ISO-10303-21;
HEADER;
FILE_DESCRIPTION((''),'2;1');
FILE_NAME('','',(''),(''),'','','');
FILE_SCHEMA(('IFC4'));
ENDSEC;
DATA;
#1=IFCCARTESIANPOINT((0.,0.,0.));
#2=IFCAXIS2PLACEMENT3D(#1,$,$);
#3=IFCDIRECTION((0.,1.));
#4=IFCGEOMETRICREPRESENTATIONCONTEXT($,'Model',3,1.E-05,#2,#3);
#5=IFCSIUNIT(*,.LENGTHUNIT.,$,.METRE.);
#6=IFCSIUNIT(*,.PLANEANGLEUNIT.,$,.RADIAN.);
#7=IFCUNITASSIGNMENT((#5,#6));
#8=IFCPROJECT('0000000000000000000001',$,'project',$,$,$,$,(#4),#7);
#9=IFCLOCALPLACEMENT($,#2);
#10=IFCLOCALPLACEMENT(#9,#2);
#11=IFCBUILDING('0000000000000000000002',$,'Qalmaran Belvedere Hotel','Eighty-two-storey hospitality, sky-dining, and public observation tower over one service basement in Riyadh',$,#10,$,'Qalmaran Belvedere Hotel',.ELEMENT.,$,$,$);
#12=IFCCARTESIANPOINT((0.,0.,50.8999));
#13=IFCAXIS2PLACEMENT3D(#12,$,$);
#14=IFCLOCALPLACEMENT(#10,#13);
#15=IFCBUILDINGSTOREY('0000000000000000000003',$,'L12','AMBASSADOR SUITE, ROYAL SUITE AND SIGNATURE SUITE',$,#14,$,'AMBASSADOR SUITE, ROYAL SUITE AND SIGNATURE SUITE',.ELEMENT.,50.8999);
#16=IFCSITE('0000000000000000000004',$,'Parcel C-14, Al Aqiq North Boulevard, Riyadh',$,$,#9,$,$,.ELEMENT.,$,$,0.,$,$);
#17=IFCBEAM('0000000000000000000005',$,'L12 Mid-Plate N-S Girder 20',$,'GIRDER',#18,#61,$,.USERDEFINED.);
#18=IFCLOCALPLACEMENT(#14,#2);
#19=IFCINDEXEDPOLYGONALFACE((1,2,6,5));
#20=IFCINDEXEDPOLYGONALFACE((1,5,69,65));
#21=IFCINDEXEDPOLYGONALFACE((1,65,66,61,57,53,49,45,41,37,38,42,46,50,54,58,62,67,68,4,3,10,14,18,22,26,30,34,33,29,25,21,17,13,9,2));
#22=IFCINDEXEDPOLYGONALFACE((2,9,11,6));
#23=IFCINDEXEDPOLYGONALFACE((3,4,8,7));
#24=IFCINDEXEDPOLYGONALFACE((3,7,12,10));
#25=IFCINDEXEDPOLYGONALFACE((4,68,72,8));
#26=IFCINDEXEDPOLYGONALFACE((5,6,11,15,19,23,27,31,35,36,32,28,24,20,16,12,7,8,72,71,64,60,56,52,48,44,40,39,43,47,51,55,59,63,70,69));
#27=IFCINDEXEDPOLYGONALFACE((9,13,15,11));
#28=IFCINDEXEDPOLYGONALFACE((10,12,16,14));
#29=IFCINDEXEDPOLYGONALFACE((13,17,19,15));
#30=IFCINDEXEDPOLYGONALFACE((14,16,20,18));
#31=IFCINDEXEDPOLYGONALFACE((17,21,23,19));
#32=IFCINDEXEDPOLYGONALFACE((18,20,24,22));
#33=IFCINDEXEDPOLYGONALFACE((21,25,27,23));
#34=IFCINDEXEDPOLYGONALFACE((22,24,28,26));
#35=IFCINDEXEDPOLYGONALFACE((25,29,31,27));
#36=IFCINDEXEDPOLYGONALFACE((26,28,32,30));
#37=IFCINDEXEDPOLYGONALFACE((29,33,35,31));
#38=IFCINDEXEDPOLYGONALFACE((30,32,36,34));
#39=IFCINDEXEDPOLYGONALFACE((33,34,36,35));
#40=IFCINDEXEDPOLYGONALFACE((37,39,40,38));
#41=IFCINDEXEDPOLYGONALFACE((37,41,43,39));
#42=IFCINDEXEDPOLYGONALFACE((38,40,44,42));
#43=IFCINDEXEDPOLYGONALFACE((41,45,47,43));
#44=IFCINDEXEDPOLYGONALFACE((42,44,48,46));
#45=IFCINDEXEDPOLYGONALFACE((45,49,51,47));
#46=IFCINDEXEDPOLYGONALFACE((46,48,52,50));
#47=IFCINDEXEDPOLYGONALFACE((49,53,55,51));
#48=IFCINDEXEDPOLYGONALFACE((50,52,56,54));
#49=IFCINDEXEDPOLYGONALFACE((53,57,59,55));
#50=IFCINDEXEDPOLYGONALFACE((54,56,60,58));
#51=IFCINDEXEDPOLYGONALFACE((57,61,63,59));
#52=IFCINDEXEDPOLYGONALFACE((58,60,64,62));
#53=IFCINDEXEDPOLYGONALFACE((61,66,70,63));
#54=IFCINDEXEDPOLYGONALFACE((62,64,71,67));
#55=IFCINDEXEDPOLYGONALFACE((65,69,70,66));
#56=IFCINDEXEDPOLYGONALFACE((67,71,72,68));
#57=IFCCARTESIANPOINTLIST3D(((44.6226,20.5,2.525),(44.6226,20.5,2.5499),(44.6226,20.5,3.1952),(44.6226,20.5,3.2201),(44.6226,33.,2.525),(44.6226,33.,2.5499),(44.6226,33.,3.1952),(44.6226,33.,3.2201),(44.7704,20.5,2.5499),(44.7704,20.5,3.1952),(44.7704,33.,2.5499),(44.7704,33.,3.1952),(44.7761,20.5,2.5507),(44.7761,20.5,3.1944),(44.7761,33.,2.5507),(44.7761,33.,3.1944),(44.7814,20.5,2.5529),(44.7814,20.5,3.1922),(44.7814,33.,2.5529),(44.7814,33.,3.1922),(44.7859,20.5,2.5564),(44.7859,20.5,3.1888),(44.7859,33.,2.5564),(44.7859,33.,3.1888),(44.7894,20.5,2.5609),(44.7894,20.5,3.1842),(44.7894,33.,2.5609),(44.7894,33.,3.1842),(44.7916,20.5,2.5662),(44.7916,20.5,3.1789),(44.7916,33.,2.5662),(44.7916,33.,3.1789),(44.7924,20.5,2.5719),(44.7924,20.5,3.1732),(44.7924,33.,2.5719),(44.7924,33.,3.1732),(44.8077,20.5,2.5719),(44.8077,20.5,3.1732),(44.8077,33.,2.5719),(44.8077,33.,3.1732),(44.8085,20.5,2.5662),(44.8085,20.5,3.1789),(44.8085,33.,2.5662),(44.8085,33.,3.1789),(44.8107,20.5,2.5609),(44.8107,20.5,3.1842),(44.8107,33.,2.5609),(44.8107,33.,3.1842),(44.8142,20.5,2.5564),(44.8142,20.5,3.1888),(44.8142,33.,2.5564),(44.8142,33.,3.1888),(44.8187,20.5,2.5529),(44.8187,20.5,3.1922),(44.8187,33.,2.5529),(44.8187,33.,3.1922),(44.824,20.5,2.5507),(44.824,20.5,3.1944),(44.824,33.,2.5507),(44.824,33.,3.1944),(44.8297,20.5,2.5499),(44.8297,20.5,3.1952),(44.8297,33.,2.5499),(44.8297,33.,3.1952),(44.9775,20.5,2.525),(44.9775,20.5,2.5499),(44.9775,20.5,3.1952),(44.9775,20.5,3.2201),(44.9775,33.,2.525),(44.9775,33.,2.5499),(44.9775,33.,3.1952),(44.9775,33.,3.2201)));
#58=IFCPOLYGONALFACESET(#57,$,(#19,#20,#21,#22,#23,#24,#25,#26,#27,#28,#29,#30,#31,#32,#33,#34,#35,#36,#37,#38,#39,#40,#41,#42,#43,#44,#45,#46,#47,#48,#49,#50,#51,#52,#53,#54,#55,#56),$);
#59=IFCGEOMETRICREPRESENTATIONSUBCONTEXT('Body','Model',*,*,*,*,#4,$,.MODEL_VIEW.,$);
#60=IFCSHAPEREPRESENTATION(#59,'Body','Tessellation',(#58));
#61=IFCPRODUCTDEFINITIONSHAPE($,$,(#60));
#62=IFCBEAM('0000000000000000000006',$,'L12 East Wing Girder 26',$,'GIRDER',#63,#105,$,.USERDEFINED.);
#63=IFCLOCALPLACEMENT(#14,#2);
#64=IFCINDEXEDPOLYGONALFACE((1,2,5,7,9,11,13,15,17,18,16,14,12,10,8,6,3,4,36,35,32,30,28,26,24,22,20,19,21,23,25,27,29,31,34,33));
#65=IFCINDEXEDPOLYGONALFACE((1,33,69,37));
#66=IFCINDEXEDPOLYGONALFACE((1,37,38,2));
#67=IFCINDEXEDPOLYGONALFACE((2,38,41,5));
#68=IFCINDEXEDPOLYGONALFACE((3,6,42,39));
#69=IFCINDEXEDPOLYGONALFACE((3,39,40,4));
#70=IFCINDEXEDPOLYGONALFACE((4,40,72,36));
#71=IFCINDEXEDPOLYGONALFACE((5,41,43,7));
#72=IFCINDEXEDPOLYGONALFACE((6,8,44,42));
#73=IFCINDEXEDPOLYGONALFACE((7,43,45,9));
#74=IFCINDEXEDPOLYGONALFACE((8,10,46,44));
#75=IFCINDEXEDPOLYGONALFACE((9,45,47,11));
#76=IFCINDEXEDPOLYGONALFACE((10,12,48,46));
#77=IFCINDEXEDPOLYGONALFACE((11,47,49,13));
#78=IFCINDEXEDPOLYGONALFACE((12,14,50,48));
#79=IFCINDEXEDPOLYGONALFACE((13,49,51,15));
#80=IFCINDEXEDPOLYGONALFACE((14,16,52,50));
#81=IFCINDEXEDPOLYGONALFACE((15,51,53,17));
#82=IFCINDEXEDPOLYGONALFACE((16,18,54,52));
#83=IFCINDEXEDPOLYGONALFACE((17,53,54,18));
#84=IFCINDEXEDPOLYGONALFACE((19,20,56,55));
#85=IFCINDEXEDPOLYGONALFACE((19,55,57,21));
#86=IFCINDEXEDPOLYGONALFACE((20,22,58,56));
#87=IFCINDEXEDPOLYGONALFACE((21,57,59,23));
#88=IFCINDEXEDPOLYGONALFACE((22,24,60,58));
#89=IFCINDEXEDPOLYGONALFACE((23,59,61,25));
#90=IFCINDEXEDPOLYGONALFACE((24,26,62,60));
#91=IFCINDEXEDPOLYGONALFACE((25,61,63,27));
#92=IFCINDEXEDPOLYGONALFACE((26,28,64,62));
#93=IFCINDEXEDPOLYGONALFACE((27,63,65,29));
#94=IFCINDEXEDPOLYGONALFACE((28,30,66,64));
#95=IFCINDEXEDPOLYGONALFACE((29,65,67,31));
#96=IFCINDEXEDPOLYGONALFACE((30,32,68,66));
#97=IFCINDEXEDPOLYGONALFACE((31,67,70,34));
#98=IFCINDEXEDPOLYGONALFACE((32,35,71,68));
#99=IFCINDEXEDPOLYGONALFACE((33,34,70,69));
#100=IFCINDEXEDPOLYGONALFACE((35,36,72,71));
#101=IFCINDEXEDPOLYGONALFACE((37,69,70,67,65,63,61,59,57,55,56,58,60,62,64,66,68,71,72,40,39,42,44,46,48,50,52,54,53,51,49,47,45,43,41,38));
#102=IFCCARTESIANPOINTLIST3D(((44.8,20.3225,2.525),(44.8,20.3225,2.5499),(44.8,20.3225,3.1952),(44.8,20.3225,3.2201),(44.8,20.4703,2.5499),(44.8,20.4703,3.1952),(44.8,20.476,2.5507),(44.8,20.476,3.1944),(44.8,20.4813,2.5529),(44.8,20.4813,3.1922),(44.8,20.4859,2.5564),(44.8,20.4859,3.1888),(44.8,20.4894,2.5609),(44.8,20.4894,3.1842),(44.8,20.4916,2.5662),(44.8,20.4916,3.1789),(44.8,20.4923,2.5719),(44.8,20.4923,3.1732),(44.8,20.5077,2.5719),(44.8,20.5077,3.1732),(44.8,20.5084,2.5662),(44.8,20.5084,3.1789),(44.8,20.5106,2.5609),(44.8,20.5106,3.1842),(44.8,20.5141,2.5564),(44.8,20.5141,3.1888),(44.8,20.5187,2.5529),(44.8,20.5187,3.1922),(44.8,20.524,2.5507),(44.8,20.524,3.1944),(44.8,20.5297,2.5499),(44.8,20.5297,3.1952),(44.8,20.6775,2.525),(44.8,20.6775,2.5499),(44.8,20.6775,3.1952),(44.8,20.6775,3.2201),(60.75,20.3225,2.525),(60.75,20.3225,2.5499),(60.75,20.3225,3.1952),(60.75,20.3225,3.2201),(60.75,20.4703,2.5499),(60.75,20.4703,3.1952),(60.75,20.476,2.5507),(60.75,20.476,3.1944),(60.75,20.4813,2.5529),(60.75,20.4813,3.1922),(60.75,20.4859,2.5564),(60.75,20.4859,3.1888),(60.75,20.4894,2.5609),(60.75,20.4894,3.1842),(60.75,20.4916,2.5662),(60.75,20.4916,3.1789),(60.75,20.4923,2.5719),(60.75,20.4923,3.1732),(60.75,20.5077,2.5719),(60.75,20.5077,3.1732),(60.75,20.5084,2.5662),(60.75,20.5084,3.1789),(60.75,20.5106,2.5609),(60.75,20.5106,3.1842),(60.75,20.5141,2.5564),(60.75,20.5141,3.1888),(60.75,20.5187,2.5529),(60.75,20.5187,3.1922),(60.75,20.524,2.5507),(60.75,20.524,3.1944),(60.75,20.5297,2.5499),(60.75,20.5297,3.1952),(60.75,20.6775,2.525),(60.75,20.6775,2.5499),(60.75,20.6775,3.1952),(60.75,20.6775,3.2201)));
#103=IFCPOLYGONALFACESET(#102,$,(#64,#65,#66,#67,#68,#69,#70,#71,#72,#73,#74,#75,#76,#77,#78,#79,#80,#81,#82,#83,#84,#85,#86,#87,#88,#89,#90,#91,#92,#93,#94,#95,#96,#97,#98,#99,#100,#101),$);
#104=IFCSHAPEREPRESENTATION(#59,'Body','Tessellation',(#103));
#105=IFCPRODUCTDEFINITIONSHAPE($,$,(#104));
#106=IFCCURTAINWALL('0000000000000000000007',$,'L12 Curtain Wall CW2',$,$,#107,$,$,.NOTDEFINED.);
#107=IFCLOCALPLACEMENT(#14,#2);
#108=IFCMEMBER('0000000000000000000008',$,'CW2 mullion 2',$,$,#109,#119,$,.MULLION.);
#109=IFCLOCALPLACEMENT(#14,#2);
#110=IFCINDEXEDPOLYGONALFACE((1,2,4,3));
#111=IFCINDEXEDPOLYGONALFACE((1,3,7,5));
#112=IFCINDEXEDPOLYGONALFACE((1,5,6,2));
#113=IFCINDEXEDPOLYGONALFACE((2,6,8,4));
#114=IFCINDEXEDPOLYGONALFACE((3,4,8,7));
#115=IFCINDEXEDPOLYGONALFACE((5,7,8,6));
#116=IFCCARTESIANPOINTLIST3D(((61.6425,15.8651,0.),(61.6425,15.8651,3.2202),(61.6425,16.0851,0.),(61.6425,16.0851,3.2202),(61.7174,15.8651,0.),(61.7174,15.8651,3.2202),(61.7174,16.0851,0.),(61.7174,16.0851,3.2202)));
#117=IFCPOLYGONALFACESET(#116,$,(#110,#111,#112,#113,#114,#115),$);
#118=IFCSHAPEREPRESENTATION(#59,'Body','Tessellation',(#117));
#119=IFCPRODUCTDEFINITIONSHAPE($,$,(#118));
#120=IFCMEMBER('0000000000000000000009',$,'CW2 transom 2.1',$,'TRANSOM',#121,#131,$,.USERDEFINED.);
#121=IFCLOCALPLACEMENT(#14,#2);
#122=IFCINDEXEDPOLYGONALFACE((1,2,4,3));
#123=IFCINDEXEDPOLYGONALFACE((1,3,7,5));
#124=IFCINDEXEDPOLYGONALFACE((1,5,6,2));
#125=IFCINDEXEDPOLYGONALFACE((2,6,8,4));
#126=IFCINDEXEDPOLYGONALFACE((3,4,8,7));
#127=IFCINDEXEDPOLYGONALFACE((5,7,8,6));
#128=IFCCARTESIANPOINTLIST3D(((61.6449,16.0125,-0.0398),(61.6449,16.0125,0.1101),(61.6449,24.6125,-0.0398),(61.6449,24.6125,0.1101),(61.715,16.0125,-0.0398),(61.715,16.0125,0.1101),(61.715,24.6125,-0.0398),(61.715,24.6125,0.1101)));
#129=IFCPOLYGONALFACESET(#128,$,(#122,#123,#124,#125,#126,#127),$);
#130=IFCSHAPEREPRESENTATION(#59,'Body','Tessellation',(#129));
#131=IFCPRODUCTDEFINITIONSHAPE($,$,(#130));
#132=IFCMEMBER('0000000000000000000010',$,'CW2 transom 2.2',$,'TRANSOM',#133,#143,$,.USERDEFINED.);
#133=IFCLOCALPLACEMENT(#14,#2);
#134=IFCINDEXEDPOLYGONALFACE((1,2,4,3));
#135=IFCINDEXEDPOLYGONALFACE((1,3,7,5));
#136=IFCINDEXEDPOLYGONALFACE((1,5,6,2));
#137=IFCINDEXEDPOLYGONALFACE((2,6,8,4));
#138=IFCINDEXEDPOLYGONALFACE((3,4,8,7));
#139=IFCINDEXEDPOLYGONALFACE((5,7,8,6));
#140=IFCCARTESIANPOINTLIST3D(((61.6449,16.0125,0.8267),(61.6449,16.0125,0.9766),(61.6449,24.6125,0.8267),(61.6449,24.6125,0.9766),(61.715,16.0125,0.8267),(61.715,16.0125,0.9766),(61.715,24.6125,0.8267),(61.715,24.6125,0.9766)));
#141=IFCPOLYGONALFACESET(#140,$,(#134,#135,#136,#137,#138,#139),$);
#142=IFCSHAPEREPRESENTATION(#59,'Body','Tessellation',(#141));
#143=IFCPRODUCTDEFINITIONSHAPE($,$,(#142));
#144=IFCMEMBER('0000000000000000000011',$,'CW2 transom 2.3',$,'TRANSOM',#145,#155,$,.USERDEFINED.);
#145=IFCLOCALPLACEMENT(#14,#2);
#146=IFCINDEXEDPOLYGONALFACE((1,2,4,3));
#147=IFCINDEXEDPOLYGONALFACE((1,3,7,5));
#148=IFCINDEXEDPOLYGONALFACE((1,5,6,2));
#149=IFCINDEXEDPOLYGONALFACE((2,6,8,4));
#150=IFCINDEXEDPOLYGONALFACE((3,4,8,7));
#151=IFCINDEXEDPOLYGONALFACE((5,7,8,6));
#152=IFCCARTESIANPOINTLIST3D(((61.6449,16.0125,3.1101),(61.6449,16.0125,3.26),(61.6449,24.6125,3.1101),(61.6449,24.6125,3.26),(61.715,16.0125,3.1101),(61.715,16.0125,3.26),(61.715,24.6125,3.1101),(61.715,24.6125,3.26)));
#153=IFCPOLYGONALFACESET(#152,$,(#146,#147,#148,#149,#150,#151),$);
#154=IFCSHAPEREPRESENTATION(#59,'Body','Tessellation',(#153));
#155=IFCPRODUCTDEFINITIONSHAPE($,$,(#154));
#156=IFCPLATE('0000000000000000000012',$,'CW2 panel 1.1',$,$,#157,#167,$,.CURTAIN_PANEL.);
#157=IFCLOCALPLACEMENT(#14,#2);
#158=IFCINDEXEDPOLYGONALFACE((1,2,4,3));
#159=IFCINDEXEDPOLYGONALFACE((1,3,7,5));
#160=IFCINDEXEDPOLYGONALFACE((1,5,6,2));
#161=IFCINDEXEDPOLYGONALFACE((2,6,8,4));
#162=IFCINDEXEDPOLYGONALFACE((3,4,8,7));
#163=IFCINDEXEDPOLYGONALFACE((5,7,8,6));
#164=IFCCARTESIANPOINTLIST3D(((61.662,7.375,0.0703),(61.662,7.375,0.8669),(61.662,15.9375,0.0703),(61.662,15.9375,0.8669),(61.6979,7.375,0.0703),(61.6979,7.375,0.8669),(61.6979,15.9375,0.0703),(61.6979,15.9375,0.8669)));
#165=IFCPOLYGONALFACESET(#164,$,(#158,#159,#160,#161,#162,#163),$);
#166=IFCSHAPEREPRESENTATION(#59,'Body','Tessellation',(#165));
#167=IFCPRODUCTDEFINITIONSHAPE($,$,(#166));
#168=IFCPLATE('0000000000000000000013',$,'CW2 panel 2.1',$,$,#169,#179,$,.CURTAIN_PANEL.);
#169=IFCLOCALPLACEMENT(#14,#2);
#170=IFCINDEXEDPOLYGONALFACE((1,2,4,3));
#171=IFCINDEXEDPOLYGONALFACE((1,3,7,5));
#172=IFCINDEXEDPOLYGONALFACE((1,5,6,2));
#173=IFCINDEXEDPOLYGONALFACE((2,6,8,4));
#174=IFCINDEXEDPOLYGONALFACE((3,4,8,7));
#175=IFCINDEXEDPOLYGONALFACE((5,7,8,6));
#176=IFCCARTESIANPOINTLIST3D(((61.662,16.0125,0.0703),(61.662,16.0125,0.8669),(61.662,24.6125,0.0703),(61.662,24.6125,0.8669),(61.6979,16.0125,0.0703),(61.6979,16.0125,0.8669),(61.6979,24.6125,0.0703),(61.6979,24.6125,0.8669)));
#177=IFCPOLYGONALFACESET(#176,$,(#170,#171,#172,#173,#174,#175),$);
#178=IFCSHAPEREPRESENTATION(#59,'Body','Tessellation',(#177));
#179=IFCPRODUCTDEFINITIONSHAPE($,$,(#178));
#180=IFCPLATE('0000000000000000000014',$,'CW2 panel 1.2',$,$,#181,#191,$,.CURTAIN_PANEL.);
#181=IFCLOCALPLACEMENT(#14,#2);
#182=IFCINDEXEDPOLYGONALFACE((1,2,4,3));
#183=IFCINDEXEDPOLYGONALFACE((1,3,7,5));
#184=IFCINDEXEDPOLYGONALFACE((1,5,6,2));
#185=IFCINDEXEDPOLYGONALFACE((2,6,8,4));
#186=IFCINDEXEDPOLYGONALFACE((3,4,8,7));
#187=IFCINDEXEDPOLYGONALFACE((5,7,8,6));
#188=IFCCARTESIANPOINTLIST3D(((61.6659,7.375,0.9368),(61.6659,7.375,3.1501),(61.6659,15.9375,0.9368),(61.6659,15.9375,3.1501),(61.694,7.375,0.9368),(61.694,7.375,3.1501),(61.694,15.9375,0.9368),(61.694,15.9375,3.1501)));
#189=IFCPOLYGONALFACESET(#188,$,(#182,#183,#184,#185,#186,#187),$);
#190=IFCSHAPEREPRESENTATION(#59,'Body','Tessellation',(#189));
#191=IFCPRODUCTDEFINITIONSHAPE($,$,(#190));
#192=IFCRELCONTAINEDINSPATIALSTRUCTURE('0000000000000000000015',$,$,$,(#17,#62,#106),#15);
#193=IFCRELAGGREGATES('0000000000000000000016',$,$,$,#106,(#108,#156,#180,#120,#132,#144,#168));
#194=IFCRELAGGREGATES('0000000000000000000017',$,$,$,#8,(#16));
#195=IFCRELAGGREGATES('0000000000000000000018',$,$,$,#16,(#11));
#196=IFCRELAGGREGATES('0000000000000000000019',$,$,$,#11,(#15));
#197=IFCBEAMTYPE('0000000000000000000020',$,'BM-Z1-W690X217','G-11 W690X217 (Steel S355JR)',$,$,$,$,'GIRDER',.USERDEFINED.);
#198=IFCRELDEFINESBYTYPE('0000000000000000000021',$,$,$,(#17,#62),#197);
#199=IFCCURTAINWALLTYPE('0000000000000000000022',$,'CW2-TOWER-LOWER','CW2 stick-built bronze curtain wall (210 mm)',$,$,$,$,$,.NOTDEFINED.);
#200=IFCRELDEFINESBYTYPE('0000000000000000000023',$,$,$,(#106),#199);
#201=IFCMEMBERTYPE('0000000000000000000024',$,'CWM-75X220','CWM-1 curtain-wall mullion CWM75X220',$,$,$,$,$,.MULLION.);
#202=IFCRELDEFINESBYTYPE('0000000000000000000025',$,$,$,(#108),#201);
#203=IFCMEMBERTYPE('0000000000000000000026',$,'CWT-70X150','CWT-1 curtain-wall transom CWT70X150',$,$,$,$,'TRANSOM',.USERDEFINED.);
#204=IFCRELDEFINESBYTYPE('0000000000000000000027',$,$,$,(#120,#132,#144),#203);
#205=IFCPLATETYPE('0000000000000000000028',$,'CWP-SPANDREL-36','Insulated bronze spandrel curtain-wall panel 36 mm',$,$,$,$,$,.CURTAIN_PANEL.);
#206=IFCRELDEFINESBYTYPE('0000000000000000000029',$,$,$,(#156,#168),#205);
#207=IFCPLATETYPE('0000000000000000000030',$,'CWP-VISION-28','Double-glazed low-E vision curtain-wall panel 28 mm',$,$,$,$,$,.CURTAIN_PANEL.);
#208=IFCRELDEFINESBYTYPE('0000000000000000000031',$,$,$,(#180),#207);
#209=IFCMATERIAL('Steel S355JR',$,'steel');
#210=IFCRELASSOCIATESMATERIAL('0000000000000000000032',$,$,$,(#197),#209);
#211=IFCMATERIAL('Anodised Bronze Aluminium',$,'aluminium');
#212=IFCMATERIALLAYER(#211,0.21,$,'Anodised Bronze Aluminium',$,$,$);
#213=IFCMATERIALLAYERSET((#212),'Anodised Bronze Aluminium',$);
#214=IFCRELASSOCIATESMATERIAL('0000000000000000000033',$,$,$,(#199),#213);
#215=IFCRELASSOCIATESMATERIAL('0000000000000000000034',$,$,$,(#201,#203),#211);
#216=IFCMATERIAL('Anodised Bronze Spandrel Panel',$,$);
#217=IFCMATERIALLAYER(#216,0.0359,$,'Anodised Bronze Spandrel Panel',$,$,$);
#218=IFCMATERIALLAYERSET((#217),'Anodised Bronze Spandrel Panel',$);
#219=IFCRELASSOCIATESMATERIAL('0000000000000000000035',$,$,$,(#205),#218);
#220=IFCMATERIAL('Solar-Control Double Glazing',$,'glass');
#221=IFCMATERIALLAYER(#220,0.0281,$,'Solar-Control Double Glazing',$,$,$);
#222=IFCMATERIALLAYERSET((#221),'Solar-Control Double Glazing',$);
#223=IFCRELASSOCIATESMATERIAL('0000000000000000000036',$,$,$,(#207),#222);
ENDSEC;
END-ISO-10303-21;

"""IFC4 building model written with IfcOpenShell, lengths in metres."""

from ifc_helpers import new_model, si_unit, direction, frame, origin, origin_2d, place, context, subcontext, project, spatial, rectangle, i_section, extrude, material, layer, layer_set, material_profile, profile_set, type_object, element, aggregate, save


model = new_model("IFC4")

# Units and contexts
model_context = context("Model", 3, precision=1e-05, world=origin(), true_north=direction((0.0, 1.0)))
body_context = subcontext(model_context, "Body", "Model", "MODEL_VIEW")
ifc_project = project(units=[si_unit("LENGTHUNIT", "METRE"), si_unit("PLANEANGLEUNIT", "RADIAN")], contexts=[model_context])

# Site, building, storey
site_placement = place(None, origin())
site = spatial("IfcSite", under=ifc_project, at=site_placement, Name="Parcel C-14, Al Aqiq North Boulevard, Riyadh", CompositionType="ELEMENT", RefElevation=0.0)
building_placement = place(site_placement, origin())
building = spatial("IfcBuilding", under=site, at=building_placement, Name="Qalmaran Belvedere Hotel", Description="Eighty-two-storey hospitality, sky-dining, and public observation tower over one service basement in Riyadh", LongName="Qalmaran Belvedere Hotel", CompositionType="ELEMENT")
storey_placement = place(building_placement, frame((0.0, 0.0, 50.8999)))
storey = spatial("IfcBuildingStorey", under=building, at=storey_placement, Name="L12", Description="AMBASSADOR SUITE, ROYAL SUITE AND SIGNATURE SUITE", LongName="AMBASSADOR SUITE, ROYAL SUITE AND SIGNATURE SUITE", CompositionType="ELEMENT", Elevation=50.8999)

# Beams
ifc_material_1 = material(Name="Steel S355JR", Category="steel")
ifc_material_profile_1 = material_profile(ifc_material_1, i_section(OverallWidth=0.355, OverallDepth=0.6951, WebThickness=0.0154, FlangeThickness=0.0249, FilletRadius=0.022, at=origin_2d()), Name="W690X217")
ifc_profile_set_1 = profile_set([ifc_material_profile_1], Name="Steel S355JR")
beam_type_1 = type_object("IfcBeamType", Name="BM-Z1-W690X217", Description="G-11 W690X217 (Steel S355JR)", ElementType="GIRDER", PredefinedType="USERDEFINED", material=ifc_profile_set_1)
beam_1_placement = place(storey_placement, frame((44.8, 20.5, 2.8726), z_axis=(0.0, 1.0, 0.0), x_axis=(-1.0, 0.0, 0.0)))
element("IfcBeam", 1, at=beam_1_placement, inside=storey, type_object=beam_type_1, Name="L12 Mid-Plate N-S Girder 20", ObjectType="GIRDER", PredefinedType="USERDEFINED", context=body_context, shape_type="SweptSolid", body=[
    extrude(i_section(OverallWidth=0.355, OverallDepth=0.6951, WebThickness=0.0154, FlangeThickness=0.0249, FilletRadius=0.022, at=origin_2d()), origin(), (0.0, 0.0, 1.0), 12.5),
])
beam_2_placement = place(storey_placement, frame((44.8, 20.5, 2.8726), z_axis=(1.0, 0.0, 0.0), x_axis=(0.0, 1.0, 0.0)))
element("IfcBeam", 2, at=beam_2_placement, inside=storey, type_object=beam_type_1, Name="L12 East Wing Girder 26", ObjectType="GIRDER", PredefinedType="USERDEFINED", context=body_context, shape_type="SweptSolid", body=[
    extrude(i_section(OverallWidth=0.355, OverallDepth=0.6951, WebThickness=0.0154, FlangeThickness=0.0249, FilletRadius=0.022, at=origin_2d()), origin(), (0.0, 0.0, 1.0), 15.95),
])

# Curtain wall, members, plates
ifc_material_2 = material(Name="Anodised Bronze Aluminium", Category="aluminium")
ifc_layer_1 = layer(ifc_material_2, 0.21, Name="Anodised Bronze Aluminium")
ifc_layer_set_1 = layer_set([ifc_layer_1], Name="Anodised Bronze Aluminium")
curtain_wall_type = type_object("IfcCurtainWallType", Name="CW2-TOWER-LOWER", Description="CW2 stick-built bronze curtain wall (210 mm)", PredefinedType="NOTDEFINED", material=ifc_layer_set_1)
curtain_wall_placement = place(storey_placement, origin())
curtain_wall = element("IfcCurtainWall", 3, at=curtain_wall_placement, inside=storey, type_object=curtain_wall_type, Name="L12 Curtain Wall CW2", PredefinedType="NOTDEFINED")
ifc_material_profile_2 = material_profile(ifc_material_2, rectangle(XDim=0.075, YDim=0.22, at=origin_2d()), Name="CWM75X220")
ifc_profile_set_2 = profile_set([ifc_material_profile_2], Name="Anodised Bronze Aluminium")
member_type_1 = type_object("IfcMemberType", Name="CWM-75X220", Description="CWM-1 curtain-wall mullion CWM75X220", PredefinedType="MULLION", material=ifc_profile_set_2)
member_1_placement = place(storey_placement, frame((61.6799, 15.9751, 0.0), z_axis=(0.0, 0.0, 1.0), x_axis=(-1.0, 0.0, 0.0)))
member_1 = element("IfcMember", 4, at=member_1_placement, type_object=member_type_1, Name="CW2 mullion 2", PredefinedType="MULLION", context=body_context, shape_type="SweptSolid", body=[
    extrude(rectangle(XDim=0.075, YDim=0.22, at=origin_2d()), origin(), (0.0, 0.0, 1.0), 3.2202),
])
ifc_material_profile_3 = material_profile(ifc_material_2, rectangle(XDim=0.0701, YDim=0.1499, at=origin_2d()), Name="CWT70X150")
ifc_profile_set_3 = profile_set([ifc_material_profile_3], Name="Anodised Bronze Aluminium")
member_type_2 = type_object("IfcMemberType", Name="CWT-70X150", Description="CWT-1 curtain-wall transom CWT70X150", ElementType="TRANSOM", PredefinedType="USERDEFINED", material=ifc_profile_set_3)
member_2_placement = place(storey_placement, frame((61.6799, 16.0125, 0.0352), z_axis=(0.0, 1.0, 0.0), x_axis=(-1.0, 0.0, 0.0)))
member_2 = element("IfcMember", 5, at=member_2_placement, type_object=member_type_2, Name="CW2 transom 2.1", ObjectType="TRANSOM", PredefinedType="USERDEFINED", context=body_context, shape_type="SweptSolid", body=[
    extrude(rectangle(XDim=0.0701, YDim=0.1499, at=origin_2d()), origin(), (0.0, 0.0, 1.0), 8.6001),
])
member_3_placement = place(storey_placement, frame((61.6799, 16.0125, 0.9016), z_axis=(0.0, 1.0, 0.0), x_axis=(-1.0, 0.0, 0.0)))
member_3 = element("IfcMember", 6, at=member_3_placement, type_object=member_type_2, Name="CW2 transom 2.2", ObjectType="TRANSOM", PredefinedType="USERDEFINED", context=body_context, shape_type="SweptSolid", body=[
    extrude(rectangle(XDim=0.0701, YDim=0.1499, at=origin_2d()), origin(), (0.0, 0.0, 1.0), 8.6001),
])
member_4_placement = place(storey_placement, frame((61.6799, 16.0125, 3.1851), z_axis=(0.0, 1.0, 0.0), x_axis=(-1.0, 0.0, 0.0)))
member_4 = element("IfcMember", 7, at=member_4_placement, type_object=member_type_2, Name="CW2 transom 2.3", ObjectType="TRANSOM", PredefinedType="USERDEFINED", context=body_context, shape_type="SweptSolid", body=[
    extrude(rectangle(XDim=0.0701, YDim=0.1499, at=origin_2d()), origin(), (0.0, 0.0, 1.0), 8.6001),
])
ifc_material_3 = material(Name="Anodised Bronze Spandrel Panel")
ifc_layer_2 = layer(ifc_material_3, 0.0359, Name="Anodised Bronze Spandrel Panel")
ifc_layer_set_2 = layer_set([ifc_layer_2], Name="Anodised Bronze Spandrel Panel")
plate_type_1 = type_object("IfcPlateType", Name="CWP-SPANDREL-36", Description="Insulated bronze spandrel curtain-wall panel 36 mm", PredefinedType="CURTAIN_PANEL", material=ifc_layer_set_2)
plate_1_placement = place(storey_placement, frame((61.6799, 11.6562, 0.0703), z_axis=(0.0, 0.0, 1.0), x_axis=(0.0, 1.0, 0.0)))
plate_1 = element("IfcPlate", 8, at=plate_1_placement, type_object=plate_type_1, Name="CW2 panel 1.1", PredefinedType="CURTAIN_PANEL", context=body_context, shape_type="SweptSolid", body=[
    extrude(rectangle(XDim=8.5625, YDim=0.0359, at=origin_2d()), origin(), (0.0, 0.0, 1.0), 0.7966),
])
plate_2_placement = place(storey_placement, frame((61.6799, 20.3125, 0.0703), z_axis=(0.0, 0.0, 1.0), x_axis=(0.0, 1.0, 0.0)))
plate_2 = element("IfcPlate", 9, at=plate_2_placement, type_object=plate_type_1, Name="CW2 panel 2.1", PredefinedType="CURTAIN_PANEL", context=body_context, shape_type="SweptSolid", body=[
    extrude(rectangle(XDim=8.6001, YDim=0.0359, at=origin_2d()), origin(), (0.0, 0.0, 1.0), 0.7966),
])
ifc_material_4 = material(Name="Solar-Control Double Glazing", Category="glass")
ifc_layer_3 = layer(ifc_material_4, 0.0281, Name="Solar-Control Double Glazing")
ifc_layer_set_3 = layer_set([ifc_layer_3], Name="Solar-Control Double Glazing")
plate_type_2 = type_object("IfcPlateType", Name="CWP-VISION-28", Description="Double-glazed low-E vision curtain-wall panel 28 mm", PredefinedType="CURTAIN_PANEL", material=ifc_layer_set_3)
plate_3_placement = place(storey_placement, frame((61.6799, 11.6562, 0.9368), z_axis=(0.0, 0.0, 1.0), x_axis=(0.0, 1.0, 0.0)))
plate_3 = element("IfcPlate", 10, at=plate_3_placement, type_object=plate_type_2, Name="CW2 panel 1.2", PredefinedType="CURTAIN_PANEL", context=body_context, shape_type="SweptSolid", body=[
    extrude(rectangle(XDim=8.5625, YDim=0.0281, at=origin_2d()), origin(), (0.0, 0.0, 1.0), 2.2134),
])
aggregate(curtain_wall, [member_1, plate_1, plate_3, member_2, member_3, member_4, plate_2])

save(model, "model.ifc")
